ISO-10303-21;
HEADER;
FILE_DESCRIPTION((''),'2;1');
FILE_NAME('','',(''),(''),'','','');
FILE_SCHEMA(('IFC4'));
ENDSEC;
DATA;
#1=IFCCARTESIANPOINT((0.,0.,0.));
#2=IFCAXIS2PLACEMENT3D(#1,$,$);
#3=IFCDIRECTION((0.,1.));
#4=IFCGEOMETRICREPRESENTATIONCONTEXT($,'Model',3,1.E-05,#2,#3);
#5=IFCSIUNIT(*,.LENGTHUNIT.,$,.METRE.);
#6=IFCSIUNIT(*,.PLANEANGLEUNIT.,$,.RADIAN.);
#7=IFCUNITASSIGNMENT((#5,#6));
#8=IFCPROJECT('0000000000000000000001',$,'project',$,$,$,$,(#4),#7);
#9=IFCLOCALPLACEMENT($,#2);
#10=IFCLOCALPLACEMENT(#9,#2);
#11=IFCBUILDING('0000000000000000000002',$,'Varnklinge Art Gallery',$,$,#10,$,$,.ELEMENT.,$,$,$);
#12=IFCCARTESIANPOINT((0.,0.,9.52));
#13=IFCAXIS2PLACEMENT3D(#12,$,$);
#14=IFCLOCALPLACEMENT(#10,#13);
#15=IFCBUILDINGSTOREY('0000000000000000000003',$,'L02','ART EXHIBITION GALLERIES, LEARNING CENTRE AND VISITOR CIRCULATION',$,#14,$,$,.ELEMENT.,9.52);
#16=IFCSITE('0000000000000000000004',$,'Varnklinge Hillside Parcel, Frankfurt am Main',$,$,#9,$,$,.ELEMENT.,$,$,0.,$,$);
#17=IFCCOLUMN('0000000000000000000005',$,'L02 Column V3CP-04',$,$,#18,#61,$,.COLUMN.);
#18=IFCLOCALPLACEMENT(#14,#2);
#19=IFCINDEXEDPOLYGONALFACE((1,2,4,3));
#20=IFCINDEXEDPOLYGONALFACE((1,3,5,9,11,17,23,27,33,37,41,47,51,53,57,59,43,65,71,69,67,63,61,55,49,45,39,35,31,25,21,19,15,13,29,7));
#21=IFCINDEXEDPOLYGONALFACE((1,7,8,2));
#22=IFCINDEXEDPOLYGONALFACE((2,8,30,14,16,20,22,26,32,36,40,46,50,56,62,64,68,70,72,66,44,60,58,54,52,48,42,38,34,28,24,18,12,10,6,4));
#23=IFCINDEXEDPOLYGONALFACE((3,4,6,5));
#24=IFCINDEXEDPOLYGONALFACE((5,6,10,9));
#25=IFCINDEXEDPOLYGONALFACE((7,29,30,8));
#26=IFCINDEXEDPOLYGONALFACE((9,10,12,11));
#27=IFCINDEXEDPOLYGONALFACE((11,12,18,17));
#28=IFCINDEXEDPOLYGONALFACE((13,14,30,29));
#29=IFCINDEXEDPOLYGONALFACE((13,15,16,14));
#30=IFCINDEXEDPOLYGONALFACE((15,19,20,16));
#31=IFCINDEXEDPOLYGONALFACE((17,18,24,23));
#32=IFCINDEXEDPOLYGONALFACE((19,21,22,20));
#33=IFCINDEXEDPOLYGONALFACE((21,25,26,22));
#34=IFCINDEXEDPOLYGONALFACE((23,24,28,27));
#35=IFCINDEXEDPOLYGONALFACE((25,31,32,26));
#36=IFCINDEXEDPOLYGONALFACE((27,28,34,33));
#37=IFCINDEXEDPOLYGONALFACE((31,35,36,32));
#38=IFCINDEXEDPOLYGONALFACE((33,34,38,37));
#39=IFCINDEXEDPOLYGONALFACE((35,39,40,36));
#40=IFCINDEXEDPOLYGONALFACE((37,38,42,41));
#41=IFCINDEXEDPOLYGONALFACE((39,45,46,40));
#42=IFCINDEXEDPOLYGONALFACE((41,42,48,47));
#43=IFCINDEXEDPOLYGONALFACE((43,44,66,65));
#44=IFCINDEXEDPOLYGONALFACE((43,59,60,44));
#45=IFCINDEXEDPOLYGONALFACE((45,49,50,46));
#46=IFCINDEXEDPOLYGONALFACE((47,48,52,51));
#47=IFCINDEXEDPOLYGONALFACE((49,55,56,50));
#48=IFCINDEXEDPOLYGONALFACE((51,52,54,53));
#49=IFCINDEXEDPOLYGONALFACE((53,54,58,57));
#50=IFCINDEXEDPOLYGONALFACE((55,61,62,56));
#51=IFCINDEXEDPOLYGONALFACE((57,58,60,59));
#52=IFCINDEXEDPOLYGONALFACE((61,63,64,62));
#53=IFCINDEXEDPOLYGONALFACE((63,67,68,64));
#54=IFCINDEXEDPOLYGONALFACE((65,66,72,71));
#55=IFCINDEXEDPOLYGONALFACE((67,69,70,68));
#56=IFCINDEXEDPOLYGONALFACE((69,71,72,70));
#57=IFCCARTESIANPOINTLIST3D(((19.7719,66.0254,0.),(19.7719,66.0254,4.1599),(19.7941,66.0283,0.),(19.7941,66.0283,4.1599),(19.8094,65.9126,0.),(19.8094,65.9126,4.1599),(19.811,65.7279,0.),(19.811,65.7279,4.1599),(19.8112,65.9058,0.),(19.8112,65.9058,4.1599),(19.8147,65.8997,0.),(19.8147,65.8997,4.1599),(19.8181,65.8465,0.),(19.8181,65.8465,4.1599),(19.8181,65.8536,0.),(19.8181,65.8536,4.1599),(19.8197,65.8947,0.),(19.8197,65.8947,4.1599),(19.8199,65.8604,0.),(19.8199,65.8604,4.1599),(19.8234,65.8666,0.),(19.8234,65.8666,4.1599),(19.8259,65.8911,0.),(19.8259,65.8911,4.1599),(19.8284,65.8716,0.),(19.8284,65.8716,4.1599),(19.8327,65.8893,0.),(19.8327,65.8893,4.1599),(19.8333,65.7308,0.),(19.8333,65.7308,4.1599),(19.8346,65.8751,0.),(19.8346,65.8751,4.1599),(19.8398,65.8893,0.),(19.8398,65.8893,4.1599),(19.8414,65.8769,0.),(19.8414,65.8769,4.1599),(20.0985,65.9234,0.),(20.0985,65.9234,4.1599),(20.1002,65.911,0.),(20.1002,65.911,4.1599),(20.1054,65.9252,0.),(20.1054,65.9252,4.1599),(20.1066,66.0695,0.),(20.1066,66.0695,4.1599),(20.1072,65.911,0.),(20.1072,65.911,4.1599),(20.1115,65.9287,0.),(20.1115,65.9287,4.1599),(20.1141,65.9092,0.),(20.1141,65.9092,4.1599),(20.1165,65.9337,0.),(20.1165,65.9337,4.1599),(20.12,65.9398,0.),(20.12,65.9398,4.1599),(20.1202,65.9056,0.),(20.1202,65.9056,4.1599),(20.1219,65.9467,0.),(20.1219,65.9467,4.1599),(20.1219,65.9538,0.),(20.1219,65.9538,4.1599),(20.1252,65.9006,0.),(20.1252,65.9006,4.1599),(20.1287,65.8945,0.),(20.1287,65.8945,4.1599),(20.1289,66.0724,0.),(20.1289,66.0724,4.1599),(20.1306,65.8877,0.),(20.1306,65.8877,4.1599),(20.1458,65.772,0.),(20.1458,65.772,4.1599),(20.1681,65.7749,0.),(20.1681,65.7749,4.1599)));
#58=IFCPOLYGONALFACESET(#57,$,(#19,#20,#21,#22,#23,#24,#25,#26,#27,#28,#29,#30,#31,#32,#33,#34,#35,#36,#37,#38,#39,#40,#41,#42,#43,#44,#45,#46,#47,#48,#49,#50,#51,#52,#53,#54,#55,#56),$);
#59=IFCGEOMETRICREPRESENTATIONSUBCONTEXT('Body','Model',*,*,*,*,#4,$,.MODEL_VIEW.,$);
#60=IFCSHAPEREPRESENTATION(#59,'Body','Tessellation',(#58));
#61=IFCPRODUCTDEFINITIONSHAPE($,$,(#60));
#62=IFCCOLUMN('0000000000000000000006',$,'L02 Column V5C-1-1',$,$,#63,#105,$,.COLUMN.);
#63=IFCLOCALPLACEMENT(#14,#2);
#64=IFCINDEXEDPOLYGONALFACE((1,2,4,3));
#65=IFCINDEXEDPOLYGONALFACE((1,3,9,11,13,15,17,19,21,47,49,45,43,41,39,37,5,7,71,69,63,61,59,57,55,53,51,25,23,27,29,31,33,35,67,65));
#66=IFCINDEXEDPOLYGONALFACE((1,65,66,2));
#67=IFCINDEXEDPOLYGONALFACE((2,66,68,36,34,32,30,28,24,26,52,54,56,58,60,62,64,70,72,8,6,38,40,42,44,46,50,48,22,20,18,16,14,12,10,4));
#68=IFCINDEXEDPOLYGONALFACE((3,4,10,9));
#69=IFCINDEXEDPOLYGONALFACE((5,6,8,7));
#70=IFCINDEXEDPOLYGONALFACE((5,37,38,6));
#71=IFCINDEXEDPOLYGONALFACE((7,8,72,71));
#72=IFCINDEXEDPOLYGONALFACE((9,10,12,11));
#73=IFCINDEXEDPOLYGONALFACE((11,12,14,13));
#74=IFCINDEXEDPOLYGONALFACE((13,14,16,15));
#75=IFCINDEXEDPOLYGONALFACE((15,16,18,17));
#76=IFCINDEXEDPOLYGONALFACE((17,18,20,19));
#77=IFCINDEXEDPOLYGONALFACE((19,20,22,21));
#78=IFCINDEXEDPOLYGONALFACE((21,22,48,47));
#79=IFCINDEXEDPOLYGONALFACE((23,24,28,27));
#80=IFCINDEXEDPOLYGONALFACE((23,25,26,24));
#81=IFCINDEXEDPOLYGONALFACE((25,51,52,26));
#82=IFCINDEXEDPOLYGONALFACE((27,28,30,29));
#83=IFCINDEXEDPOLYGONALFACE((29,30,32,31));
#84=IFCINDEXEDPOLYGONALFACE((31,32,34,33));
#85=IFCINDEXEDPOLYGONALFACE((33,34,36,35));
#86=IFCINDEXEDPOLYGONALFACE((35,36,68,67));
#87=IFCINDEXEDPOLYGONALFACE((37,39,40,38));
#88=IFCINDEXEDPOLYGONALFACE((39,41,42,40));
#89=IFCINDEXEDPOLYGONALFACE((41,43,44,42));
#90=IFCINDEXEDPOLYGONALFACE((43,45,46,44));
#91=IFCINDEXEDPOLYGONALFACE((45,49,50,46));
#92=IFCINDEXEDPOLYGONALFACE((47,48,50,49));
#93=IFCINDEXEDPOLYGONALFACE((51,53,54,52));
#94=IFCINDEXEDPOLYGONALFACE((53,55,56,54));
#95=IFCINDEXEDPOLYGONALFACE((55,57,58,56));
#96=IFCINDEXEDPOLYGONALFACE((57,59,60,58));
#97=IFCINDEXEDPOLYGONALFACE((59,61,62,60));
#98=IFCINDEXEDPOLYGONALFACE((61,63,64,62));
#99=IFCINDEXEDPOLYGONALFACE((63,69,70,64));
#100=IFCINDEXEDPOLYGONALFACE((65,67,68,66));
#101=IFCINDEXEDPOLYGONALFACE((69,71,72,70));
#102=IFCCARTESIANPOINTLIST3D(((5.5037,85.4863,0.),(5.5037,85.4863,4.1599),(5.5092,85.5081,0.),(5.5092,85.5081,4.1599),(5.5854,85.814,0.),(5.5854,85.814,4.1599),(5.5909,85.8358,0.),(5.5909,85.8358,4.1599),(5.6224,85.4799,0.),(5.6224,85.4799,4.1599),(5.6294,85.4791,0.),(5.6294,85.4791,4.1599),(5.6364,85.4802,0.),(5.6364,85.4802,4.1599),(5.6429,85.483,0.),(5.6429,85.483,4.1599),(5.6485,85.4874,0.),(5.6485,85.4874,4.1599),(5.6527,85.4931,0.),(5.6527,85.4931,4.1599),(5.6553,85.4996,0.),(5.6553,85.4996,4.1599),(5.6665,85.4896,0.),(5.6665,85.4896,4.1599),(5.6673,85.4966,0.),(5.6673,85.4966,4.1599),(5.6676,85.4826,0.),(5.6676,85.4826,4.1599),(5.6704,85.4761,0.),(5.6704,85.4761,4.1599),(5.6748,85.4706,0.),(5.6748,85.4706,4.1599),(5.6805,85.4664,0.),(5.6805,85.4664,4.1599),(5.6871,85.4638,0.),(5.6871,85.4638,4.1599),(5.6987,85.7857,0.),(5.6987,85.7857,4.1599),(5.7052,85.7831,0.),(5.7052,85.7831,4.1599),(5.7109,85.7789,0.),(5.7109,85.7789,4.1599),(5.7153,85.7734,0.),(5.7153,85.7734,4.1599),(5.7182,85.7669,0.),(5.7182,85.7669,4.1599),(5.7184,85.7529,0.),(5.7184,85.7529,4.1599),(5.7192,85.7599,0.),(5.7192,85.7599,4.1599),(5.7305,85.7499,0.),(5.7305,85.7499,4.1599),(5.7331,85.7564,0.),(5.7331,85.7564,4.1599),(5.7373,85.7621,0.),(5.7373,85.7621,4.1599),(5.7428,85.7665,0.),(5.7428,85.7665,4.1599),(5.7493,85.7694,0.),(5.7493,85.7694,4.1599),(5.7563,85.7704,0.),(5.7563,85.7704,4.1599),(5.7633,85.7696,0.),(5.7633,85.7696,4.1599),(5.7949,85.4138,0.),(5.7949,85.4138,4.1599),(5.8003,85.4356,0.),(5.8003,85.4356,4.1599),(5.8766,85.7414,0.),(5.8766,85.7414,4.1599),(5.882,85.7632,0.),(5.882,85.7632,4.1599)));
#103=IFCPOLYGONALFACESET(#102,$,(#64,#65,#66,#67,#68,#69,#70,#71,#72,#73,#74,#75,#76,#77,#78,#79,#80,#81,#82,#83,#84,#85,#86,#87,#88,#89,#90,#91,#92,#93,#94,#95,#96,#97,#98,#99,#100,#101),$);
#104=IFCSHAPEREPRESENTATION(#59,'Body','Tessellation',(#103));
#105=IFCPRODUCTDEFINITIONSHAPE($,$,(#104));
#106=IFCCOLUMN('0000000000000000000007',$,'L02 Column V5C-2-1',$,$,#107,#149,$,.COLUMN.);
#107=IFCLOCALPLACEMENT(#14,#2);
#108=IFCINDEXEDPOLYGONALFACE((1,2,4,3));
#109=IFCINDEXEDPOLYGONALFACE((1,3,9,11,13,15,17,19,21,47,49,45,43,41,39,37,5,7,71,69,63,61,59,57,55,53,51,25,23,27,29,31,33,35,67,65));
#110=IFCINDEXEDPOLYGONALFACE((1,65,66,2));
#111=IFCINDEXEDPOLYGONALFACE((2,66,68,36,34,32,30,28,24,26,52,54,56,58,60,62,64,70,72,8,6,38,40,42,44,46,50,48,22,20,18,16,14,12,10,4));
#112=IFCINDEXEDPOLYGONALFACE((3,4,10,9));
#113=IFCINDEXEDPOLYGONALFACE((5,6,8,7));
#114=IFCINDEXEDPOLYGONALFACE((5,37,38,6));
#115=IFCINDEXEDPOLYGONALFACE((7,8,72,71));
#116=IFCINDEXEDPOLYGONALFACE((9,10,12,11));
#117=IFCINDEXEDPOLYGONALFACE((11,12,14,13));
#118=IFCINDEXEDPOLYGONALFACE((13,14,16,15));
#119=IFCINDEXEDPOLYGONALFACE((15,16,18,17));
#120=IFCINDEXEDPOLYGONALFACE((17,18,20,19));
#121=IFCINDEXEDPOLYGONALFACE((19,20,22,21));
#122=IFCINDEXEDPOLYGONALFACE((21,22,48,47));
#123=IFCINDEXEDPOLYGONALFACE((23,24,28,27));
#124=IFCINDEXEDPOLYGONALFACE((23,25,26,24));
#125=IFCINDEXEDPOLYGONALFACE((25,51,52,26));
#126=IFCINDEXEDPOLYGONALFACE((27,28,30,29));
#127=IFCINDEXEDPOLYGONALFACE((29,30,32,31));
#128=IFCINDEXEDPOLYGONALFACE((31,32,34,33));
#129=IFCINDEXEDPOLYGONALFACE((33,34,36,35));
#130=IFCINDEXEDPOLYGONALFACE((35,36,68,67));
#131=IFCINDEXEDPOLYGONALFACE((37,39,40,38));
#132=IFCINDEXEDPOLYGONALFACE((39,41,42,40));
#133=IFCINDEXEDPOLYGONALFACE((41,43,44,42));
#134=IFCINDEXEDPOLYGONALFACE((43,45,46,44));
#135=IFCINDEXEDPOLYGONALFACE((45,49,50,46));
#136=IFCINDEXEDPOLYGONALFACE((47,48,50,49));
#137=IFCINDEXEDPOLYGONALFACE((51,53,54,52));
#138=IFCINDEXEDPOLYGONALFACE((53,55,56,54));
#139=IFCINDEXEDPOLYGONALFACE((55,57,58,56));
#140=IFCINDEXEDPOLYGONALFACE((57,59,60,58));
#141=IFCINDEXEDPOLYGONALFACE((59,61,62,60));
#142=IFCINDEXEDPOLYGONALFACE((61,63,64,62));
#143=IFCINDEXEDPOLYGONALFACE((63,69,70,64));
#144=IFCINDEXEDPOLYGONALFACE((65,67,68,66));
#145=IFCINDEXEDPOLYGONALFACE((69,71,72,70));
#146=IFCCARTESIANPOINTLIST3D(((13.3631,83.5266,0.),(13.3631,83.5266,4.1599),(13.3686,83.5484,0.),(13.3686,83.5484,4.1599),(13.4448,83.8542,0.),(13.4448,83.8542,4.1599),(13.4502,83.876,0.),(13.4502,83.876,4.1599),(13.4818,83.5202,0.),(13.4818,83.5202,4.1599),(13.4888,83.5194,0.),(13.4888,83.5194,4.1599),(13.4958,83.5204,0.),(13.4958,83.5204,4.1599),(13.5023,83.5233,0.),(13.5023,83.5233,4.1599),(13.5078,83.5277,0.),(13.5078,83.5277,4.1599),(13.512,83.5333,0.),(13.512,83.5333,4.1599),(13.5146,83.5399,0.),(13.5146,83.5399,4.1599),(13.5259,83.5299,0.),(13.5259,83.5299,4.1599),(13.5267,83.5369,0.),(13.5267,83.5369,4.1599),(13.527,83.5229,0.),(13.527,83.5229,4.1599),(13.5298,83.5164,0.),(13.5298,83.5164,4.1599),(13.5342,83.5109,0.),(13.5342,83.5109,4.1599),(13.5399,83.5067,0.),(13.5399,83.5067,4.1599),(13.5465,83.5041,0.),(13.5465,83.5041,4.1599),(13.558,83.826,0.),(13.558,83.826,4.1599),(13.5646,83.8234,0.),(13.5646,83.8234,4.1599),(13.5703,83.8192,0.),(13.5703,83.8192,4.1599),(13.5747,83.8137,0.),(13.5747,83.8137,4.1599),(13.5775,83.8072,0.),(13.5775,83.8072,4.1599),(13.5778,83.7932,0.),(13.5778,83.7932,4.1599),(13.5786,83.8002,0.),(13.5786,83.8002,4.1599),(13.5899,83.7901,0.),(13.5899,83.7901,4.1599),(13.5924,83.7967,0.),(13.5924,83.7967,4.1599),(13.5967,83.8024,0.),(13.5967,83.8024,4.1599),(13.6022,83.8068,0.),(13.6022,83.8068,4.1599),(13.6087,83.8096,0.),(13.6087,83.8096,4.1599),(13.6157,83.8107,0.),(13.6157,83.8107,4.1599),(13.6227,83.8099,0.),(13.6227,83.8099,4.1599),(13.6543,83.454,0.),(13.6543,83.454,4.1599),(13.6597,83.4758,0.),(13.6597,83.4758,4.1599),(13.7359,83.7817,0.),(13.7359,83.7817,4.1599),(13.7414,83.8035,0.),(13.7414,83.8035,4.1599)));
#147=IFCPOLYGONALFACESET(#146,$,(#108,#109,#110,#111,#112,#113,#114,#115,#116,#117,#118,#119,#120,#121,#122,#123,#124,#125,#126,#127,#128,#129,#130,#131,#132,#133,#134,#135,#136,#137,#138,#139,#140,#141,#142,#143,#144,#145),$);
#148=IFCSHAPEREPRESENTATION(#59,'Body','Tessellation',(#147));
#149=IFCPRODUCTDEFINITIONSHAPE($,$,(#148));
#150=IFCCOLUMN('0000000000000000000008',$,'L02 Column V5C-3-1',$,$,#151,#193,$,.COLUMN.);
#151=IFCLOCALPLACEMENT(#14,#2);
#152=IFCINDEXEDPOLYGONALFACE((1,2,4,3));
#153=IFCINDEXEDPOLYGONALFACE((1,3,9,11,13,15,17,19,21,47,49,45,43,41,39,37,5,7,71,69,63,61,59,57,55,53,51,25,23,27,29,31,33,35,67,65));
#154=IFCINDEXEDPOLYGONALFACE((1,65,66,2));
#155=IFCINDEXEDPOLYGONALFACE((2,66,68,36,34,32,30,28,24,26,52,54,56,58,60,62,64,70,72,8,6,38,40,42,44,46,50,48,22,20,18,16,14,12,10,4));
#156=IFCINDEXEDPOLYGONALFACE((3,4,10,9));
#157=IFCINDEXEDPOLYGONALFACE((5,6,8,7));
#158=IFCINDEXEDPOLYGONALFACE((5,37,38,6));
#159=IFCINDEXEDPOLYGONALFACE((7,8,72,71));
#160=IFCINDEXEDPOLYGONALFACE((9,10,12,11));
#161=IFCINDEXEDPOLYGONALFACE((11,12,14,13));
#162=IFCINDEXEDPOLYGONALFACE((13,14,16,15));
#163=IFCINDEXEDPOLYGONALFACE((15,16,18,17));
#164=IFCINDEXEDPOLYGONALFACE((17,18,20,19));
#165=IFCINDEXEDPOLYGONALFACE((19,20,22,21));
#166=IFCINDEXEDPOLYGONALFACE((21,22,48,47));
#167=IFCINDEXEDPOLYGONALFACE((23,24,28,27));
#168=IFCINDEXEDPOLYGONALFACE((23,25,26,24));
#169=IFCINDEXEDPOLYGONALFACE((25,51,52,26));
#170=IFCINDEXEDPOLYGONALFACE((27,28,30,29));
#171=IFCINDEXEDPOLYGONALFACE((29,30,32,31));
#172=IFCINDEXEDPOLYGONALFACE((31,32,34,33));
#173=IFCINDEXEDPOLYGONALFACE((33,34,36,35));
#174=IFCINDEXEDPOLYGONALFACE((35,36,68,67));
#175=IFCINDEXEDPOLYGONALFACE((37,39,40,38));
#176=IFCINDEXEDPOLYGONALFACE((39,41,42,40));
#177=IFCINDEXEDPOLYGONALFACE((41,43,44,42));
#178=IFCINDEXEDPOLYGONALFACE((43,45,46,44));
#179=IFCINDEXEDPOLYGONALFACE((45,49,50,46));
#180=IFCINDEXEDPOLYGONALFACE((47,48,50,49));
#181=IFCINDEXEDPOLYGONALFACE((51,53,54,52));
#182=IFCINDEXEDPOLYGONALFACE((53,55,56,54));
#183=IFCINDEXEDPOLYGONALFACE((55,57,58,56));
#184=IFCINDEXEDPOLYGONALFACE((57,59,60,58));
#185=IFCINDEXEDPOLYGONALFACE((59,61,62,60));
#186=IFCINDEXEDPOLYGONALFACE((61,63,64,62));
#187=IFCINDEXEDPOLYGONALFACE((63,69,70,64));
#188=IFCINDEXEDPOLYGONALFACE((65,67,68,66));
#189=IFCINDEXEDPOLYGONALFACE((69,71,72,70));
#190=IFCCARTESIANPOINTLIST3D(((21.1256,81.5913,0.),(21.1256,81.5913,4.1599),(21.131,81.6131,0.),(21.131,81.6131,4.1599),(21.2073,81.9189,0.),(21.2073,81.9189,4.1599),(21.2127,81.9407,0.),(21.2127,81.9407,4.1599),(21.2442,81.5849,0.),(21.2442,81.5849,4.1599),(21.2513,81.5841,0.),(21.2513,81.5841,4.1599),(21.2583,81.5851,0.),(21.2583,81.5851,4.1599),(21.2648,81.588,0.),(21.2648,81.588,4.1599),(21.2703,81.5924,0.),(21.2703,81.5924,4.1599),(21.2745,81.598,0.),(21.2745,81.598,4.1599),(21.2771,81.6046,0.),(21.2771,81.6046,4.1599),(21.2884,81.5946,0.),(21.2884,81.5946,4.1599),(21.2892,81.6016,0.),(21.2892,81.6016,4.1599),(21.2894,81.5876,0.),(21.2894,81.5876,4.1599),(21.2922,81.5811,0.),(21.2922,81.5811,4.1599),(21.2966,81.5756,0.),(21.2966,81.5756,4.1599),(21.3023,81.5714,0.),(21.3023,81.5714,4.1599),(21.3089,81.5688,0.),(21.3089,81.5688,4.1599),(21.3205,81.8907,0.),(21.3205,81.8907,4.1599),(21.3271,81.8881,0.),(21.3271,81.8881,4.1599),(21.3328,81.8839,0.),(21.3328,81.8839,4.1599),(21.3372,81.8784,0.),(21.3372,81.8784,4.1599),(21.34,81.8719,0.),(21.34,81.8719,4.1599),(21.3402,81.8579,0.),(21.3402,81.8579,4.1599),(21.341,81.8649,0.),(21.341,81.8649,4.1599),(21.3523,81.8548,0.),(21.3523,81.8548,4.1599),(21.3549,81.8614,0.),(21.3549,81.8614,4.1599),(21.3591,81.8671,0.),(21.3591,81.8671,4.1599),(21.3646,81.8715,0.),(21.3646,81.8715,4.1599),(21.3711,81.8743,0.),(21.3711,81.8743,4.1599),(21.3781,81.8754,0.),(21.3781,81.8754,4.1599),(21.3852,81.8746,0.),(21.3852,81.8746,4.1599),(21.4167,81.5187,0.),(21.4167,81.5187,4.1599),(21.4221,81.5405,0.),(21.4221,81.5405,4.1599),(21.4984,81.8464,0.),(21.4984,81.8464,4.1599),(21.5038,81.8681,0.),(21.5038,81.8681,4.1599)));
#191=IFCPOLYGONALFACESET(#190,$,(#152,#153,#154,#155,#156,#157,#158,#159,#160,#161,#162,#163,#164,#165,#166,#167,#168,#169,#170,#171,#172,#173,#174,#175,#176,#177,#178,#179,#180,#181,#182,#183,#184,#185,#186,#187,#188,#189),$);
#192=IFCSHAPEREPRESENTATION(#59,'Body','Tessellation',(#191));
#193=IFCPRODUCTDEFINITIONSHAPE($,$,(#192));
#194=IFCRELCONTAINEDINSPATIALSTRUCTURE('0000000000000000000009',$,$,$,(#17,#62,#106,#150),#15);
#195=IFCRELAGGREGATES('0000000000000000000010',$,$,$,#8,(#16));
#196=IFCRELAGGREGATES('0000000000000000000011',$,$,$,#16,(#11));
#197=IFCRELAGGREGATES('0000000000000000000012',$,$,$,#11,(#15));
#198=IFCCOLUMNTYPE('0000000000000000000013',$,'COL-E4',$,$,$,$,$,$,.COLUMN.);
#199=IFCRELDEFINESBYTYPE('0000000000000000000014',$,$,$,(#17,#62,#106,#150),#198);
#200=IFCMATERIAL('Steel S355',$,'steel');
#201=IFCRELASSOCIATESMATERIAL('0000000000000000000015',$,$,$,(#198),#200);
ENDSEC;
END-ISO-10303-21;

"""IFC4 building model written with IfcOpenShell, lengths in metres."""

from ifc_helpers import new_model, si_unit, direction, frame, origin, origin_2d, place, context, subcontext, project, spatial, i_section, extrude, material, material_profile, profile_set, type_object, element, save


model = new_model("IFC4")

# Units and contexts
model_context = context("Model", 3, precision=1e-05, world=origin(), true_north=direction((0.0, 1.0)))
body_context = subcontext(model_context, "Body", "Model", "MODEL_VIEW")
ifc_project = project(units=[si_unit("LENGTHUNIT", "METRE"), si_unit("PLANEANGLEUNIT", "RADIAN")], contexts=[model_context])

# Site, building, storey
site_placement = place(None, origin())
site = spatial("IfcSite", under=ifc_project, at=site_placement, Name="Varnklinge Hillside Parcel, Frankfurt am Main", CompositionType="ELEMENT", RefElevation=0.0)
building_placement = place(site_placement, origin())
building = spatial("IfcBuilding", under=site, at=building_placement, Name="Varnklinge Art Gallery", CompositionType="ELEMENT")
storey_placement = place(building_placement, frame((0.0, 0.0, 9.52)))
storey = spatial("IfcBuildingStorey", under=building, at=storey_placement, Name="L02", Description="ART EXHIBITION GALLERIES, LEARNING CENTRE AND VISITOR CIRCULATION", CompositionType="ELEMENT", Elevation=9.52)

# Columns
ifc_material_1 = material(Name="Steel S355", Category="steel")
ifc_material_profile_1 = material_profile(ifc_material_1, i_section(OverallWidth=0.3, OverallDepth=0.3601, WebThickness=0.0125, FlangeThickness=0.0225, FilletRadius=0.0271, at=origin_2d()), Name="HEB 360")
ifc_profile_set_1 = profile_set([ifc_material_profile_1], Name="Steel S355")
column_type = type_object("IfcColumnType", Name="COL-E4", PredefinedType="COLUMN", material=ifc_profile_set_1)
for number, where, z_axis, x_axis, name in (
    (1, (19.97, 65.9001, 0.0), (0.0, 0.0, 1.0), (-0.130526, 0.991445, 0.0), "L02 Column V3CP-04"),
    (2, (5.6929, 85.6248, 0.0), (0.0, 0.0, 1.0), (0.970296, -0.241922, 0.0), "L02 Column V5C-1-1"),
    (3, (13.5522, 83.665, 0.0), (0.0, 0.0, 1.0), (0.970296, -0.241922, 0.0), "L02 Column V5C-2-1"),
    (4, (21.3147, 81.7297, 0.0), (0.0, 0.0, 1.0), (0.970296, -0.241922, 0.0), "L02 Column V5C-3-1"),
):
    element("IfcColumn", number, at=place(storey_placement, frame(where, z_axis=z_axis, x_axis=x_axis)), inside=storey, type_object=column_type, Name=name, PredefinedType="COLUMN", context=body_context, shape_type="SweptSolid", body=[
        extrude(i_section(OverallWidth=0.3, OverallDepth=0.3601, WebThickness=0.0125, FlangeThickness=0.0225, FilletRadius=0.0271, at=origin_2d()), origin(), (0.0, 0.0, 1.0), 4.1599),
    ])

save(model, "model.ifc")
